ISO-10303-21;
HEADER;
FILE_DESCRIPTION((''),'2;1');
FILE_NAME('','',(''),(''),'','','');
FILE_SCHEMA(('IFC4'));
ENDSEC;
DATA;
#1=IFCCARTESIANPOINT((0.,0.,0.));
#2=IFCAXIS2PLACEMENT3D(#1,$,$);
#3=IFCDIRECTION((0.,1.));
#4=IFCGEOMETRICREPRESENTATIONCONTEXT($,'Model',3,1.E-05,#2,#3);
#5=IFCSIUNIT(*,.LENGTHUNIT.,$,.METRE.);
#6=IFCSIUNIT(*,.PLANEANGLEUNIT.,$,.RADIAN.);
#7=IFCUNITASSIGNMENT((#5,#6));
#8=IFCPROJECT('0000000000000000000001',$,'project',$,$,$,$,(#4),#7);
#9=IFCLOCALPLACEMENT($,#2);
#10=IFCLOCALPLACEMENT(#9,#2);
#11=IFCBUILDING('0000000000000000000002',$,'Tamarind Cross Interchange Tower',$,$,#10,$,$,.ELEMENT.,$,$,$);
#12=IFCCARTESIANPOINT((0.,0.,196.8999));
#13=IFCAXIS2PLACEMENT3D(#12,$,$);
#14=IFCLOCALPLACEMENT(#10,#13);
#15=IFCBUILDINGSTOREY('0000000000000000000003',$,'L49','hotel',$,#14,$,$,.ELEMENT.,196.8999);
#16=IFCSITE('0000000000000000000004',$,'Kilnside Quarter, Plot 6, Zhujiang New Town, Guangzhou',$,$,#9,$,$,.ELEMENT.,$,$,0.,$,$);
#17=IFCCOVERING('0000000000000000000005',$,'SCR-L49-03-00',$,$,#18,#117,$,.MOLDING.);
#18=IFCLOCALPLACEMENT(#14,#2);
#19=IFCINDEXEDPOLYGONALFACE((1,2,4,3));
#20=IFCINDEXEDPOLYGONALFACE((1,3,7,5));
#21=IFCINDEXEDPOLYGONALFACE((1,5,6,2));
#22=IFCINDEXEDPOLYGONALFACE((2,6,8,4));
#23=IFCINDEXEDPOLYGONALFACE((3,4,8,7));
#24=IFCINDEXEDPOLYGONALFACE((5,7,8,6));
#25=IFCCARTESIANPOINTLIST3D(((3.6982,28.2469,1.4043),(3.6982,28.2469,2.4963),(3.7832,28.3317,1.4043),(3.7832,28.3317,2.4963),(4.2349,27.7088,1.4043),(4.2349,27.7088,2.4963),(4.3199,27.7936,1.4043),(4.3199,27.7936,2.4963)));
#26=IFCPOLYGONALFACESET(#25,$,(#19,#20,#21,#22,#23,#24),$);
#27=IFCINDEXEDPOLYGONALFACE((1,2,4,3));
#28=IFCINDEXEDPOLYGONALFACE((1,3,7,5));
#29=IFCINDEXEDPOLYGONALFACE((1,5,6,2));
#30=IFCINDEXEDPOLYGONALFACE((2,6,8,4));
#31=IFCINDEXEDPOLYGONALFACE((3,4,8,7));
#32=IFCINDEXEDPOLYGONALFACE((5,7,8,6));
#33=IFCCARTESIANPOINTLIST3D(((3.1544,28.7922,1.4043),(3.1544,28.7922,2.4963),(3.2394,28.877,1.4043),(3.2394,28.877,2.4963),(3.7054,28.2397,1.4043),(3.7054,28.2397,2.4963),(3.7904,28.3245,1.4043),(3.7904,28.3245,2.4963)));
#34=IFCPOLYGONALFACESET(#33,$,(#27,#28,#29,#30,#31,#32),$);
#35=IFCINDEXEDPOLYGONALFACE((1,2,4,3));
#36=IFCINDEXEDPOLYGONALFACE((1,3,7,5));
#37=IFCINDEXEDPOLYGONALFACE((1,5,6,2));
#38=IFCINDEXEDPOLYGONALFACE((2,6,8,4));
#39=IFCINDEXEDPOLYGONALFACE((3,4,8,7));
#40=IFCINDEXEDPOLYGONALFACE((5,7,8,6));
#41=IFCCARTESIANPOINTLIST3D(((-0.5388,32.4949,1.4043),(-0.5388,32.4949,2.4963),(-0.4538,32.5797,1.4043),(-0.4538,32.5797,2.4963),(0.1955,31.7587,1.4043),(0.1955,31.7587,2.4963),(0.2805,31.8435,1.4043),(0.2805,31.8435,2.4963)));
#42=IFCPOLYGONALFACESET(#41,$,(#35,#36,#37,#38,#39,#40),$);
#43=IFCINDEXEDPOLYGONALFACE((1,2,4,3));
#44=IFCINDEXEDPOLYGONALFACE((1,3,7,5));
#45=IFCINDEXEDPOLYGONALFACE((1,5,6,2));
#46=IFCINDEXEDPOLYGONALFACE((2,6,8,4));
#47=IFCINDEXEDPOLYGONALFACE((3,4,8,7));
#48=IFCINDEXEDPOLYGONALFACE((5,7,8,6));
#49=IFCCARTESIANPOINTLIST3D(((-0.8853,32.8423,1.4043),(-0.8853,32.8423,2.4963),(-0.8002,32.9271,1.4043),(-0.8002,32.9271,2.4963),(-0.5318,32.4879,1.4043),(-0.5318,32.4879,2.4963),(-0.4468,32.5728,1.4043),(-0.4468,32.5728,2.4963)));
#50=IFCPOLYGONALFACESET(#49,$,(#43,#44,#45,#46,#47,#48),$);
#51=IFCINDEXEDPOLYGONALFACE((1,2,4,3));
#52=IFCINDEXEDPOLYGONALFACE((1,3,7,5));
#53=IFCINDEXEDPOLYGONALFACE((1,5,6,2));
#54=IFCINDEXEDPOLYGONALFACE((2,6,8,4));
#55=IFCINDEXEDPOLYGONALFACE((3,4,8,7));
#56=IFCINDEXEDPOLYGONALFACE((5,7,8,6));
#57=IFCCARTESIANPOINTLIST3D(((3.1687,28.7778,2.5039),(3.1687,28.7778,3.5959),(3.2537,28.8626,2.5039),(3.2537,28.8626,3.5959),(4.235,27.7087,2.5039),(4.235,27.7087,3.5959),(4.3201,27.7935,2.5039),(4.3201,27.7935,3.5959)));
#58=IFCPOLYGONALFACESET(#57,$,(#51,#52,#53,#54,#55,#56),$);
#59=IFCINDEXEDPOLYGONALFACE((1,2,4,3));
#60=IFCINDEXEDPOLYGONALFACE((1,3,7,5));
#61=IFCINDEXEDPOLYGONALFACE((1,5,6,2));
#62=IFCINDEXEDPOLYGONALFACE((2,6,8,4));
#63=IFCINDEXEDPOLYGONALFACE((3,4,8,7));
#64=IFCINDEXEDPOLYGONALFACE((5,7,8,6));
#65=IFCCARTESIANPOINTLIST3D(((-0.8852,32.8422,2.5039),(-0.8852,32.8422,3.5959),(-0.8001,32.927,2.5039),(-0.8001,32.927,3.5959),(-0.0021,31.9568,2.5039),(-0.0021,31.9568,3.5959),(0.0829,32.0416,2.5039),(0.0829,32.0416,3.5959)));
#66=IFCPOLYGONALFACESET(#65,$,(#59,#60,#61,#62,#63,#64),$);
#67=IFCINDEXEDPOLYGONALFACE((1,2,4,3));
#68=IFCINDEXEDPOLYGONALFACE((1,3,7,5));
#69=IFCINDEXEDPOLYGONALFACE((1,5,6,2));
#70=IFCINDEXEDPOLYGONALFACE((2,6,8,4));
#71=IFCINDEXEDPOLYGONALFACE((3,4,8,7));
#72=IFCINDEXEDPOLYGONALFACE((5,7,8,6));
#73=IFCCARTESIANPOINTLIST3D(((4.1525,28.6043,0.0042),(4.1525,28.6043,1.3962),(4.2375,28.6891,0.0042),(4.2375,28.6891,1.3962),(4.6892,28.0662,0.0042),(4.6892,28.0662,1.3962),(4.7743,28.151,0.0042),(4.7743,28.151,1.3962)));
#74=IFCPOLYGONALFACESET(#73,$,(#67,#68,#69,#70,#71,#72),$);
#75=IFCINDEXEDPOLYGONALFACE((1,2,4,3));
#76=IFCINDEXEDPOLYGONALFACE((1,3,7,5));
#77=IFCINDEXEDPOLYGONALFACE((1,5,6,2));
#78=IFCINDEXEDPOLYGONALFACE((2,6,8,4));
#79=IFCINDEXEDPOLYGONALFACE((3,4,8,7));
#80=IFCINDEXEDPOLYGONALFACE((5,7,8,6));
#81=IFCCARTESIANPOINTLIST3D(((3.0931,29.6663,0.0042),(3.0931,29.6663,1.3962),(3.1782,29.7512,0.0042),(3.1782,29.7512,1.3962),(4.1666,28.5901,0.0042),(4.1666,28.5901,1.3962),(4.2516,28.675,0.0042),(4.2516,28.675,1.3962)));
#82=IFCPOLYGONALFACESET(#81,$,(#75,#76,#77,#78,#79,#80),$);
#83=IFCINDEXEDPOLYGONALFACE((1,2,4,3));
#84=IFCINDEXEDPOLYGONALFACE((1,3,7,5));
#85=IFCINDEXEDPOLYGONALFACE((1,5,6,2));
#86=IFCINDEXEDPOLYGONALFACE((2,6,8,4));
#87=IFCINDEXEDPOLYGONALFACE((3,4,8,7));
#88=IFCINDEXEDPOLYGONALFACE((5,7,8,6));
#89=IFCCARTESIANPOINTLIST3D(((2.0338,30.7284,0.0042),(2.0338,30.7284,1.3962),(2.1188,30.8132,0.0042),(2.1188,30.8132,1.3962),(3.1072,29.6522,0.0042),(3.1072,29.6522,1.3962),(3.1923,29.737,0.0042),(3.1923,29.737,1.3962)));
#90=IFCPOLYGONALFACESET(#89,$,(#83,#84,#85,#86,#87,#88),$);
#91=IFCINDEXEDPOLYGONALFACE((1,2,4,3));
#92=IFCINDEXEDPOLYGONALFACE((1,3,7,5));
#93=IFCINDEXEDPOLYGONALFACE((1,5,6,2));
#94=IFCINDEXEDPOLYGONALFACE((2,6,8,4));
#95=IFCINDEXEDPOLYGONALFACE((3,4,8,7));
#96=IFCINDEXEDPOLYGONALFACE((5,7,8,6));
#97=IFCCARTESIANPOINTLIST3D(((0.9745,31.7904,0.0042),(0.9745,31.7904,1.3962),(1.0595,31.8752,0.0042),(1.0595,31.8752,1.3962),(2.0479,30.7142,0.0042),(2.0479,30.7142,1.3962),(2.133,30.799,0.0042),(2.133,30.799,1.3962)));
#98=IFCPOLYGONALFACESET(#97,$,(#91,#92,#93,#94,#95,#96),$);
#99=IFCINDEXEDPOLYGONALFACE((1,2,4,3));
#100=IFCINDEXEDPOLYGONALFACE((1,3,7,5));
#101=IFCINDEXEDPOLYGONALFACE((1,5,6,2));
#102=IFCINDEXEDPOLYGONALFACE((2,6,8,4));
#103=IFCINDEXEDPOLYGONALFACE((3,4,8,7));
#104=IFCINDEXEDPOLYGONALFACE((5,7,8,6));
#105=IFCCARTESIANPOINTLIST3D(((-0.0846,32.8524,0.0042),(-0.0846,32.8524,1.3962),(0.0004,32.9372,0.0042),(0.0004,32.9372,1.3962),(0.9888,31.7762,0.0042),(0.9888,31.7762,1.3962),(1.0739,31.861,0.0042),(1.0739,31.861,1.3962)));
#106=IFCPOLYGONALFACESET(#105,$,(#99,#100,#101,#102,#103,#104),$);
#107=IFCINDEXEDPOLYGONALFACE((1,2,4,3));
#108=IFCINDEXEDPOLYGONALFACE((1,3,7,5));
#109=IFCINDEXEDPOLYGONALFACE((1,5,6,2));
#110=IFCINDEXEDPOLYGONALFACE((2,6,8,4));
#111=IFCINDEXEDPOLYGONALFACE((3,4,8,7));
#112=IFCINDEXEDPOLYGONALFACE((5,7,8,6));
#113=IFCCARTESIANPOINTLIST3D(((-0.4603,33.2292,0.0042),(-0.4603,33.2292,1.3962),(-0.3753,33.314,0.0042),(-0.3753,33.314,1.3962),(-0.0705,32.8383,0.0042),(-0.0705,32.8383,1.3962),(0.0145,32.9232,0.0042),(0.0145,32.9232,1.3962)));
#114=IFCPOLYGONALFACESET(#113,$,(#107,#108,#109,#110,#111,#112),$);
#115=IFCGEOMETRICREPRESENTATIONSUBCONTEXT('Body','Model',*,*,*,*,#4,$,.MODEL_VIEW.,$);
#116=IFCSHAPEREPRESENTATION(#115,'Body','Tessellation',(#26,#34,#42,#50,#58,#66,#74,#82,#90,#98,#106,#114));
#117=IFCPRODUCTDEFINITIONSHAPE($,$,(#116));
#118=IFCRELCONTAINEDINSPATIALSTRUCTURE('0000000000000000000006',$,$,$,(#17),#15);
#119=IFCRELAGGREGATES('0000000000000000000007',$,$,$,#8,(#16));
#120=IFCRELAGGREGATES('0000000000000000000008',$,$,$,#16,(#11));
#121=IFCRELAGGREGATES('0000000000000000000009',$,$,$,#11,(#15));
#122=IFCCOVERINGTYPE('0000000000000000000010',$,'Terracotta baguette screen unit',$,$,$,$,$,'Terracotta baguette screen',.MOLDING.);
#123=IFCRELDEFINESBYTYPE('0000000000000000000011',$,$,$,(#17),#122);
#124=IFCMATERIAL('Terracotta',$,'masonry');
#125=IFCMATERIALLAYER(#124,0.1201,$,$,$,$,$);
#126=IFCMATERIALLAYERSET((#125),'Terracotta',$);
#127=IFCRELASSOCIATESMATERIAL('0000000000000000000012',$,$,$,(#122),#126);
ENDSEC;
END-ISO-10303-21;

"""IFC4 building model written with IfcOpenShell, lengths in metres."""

from ifc_helpers import new_model, si_unit, direction, frame, origin, origin_2d, place, context, subcontext, project, spatial, rectangle, extrude, material, layer, layer_set, type_object, element, save


model = new_model("IFC4")

# Units and contexts
model_context = context("Model", 3, precision=1e-05, world=origin(), true_north=direction((0.0, 1.0)))
body_context = subcontext(model_context, "Body", "Model", "MODEL_VIEW")
ifc_project = project(units=[si_unit("LENGTHUNIT", "METRE"), si_unit("PLANEANGLEUNIT", "RADIAN")], contexts=[model_context])

# Site, building, storey
site_placement = place(None, origin())
site = spatial("IfcSite", under=ifc_project, at=site_placement, Name="Kilnside Quarter, Plot 6, Zhujiang New Town, Guangzhou", CompositionType="ELEMENT", RefElevation=0.0)
building_placement = place(site_placement, origin())
building = spatial("IfcBuilding", under=site, at=building_placement, Name="Tamarind Cross Interchange Tower", CompositionType="ELEMENT")
storey_placement = place(building_placement, frame((0.0, 0.0, 196.8999)))
storey = spatial("IfcBuildingStorey", under=building, at=storey_placement, Name="L49", Description="hotel", CompositionType="ELEMENT", Elevation=196.8999)

# Covering
ifc_material_1 = material(Name="Terracotta", Category="masonry")
ifc_layer_1 = layer(ifc_material_1, 0.1201)
ifc_layer_set_1 = layer_set([ifc_layer_1], Name="Terracotta")
covering_type = type_object("IfcCoveringType", Name="Terracotta baguette screen unit", ElementType="Terracotta baguette screen", PredefinedType="MOLDING", material=ifc_layer_set_1)
covering_1_placement = place(storey_placement, origin())
element("IfcCovering", 1, at=covering_1_placement, inside=storey, type_object=covering_type, Name="SCR-L49-03-00", PredefinedType="MOLDING", context=body_context, shape_type="SweptSolid", body=[
    extrude(rectangle(XDim=0.76, YDim=0.1201, at=origin_2d()), frame((4.009, 28.0203, 1.4043), z_axis=(0.0, 0.0, 1.0), x_axis=(-0.706198, 0.708015, 0.0)), (0.0, 0.0, 1.0), 1.092),
    extrude(rectangle(XDim=0.7803, YDim=0.1201, at=origin_2d()), frame((3.4724, 28.5583, 1.4043), z_axis=(0.0, 0.0, 1.0), x_axis=(-0.706198, 0.708015, 0.0)), (0.0, 0.0, 1.0), 1.092),
    extrude(rectangle(XDim=1.0398, YDim=0.1201, at=origin_2d()), frame((-0.1292, 32.1692, 1.4043), z_axis=(0.0, 0.0, 1.0), x_axis=(-0.706198, 0.708015, 0.0)), (0.0, 0.0, 1.0), 1.092),
    extrude(rectangle(XDim=0.5005, YDim=0.1201, at=origin_2d()), frame((-0.666, 32.7075, 1.4043), z_axis=(0.0, 0.0, 1.0), x_axis=(-0.706198, 0.708015, 0.0)), (0.0, 0.0, 1.0), 1.092),
    extrude(rectangle(XDim=1.51, YDim=0.1201, at=origin_2d()), frame((3.7444, 28.2856, 2.5039), z_axis=(0.0, 0.0, 1.0), x_axis=(-0.706198, 0.708015, 0.0)), (0.0, 0.0, 1.0), 1.092),
    extrude(rectangle(XDim=1.2505, YDim=0.1201, at=origin_2d()), frame((-0.4011, 32.4419, 2.5039), z_axis=(0.0, 0.0, 1.0), x_axis=(-0.706198, 0.708015, 0.0)), (0.0, 0.0, 1.0), 1.092),
    extrude(rectangle(XDim=0.76, YDim=0.1201, at=origin_2d()), frame((4.4634, 28.3777, 0.0042), z_axis=(0.0, 0.0, 1.0), x_axis=(-0.706198, 0.708015, 0.0)), (0.0, 0.0, 1.0), 1.3921),
    extrude(rectangle(XDim=1.52, YDim=0.1201, at=origin_2d()), frame((3.6724, 29.1707, 0.0042), z_axis=(0.0, 0.0, 1.0), x_axis=(-0.706198, 0.708015, 0.0)), (0.0, 0.0, 1.0), 1.3921),
    extrude(rectangle(XDim=1.52, YDim=0.1201, at=origin_2d()), frame((2.613, 30.2327, 0.0042), z_axis=(0.0, 0.0, 1.0), x_axis=(-0.706198, 0.708015, 0.0)), (0.0, 0.0, 1.0), 1.3921),
    extrude(rectangle(XDim=1.52, YDim=0.1201, at=origin_2d()), frame((1.5537, 31.2947, 0.0042), z_axis=(0.0, 0.0, 1.0), x_axis=(-0.706198, 0.708015, 0.0)), (0.0, 0.0, 1.0), 1.3921),
    extrude(rectangle(XDim=1.52, YDim=0.1201, at=origin_2d()), frame((0.4946, 32.3567, 0.0042), z_axis=(0.0, 0.0, 1.0), x_axis=(-0.706198, 0.708015, 0.0)), (0.0, 0.0, 1.0), 1.3921),
    extrude(rectangle(XDim=0.552, YDim=0.1201, at=origin_2d()), frame((-0.2229, 33.0762, 0.0042), z_axis=(0.0, 0.0, 1.0), x_axis=(-0.706198, 0.708015, 0.0)), (0.0, 0.0, 1.0), 1.3921),
])

save(model, "model.ifc")
